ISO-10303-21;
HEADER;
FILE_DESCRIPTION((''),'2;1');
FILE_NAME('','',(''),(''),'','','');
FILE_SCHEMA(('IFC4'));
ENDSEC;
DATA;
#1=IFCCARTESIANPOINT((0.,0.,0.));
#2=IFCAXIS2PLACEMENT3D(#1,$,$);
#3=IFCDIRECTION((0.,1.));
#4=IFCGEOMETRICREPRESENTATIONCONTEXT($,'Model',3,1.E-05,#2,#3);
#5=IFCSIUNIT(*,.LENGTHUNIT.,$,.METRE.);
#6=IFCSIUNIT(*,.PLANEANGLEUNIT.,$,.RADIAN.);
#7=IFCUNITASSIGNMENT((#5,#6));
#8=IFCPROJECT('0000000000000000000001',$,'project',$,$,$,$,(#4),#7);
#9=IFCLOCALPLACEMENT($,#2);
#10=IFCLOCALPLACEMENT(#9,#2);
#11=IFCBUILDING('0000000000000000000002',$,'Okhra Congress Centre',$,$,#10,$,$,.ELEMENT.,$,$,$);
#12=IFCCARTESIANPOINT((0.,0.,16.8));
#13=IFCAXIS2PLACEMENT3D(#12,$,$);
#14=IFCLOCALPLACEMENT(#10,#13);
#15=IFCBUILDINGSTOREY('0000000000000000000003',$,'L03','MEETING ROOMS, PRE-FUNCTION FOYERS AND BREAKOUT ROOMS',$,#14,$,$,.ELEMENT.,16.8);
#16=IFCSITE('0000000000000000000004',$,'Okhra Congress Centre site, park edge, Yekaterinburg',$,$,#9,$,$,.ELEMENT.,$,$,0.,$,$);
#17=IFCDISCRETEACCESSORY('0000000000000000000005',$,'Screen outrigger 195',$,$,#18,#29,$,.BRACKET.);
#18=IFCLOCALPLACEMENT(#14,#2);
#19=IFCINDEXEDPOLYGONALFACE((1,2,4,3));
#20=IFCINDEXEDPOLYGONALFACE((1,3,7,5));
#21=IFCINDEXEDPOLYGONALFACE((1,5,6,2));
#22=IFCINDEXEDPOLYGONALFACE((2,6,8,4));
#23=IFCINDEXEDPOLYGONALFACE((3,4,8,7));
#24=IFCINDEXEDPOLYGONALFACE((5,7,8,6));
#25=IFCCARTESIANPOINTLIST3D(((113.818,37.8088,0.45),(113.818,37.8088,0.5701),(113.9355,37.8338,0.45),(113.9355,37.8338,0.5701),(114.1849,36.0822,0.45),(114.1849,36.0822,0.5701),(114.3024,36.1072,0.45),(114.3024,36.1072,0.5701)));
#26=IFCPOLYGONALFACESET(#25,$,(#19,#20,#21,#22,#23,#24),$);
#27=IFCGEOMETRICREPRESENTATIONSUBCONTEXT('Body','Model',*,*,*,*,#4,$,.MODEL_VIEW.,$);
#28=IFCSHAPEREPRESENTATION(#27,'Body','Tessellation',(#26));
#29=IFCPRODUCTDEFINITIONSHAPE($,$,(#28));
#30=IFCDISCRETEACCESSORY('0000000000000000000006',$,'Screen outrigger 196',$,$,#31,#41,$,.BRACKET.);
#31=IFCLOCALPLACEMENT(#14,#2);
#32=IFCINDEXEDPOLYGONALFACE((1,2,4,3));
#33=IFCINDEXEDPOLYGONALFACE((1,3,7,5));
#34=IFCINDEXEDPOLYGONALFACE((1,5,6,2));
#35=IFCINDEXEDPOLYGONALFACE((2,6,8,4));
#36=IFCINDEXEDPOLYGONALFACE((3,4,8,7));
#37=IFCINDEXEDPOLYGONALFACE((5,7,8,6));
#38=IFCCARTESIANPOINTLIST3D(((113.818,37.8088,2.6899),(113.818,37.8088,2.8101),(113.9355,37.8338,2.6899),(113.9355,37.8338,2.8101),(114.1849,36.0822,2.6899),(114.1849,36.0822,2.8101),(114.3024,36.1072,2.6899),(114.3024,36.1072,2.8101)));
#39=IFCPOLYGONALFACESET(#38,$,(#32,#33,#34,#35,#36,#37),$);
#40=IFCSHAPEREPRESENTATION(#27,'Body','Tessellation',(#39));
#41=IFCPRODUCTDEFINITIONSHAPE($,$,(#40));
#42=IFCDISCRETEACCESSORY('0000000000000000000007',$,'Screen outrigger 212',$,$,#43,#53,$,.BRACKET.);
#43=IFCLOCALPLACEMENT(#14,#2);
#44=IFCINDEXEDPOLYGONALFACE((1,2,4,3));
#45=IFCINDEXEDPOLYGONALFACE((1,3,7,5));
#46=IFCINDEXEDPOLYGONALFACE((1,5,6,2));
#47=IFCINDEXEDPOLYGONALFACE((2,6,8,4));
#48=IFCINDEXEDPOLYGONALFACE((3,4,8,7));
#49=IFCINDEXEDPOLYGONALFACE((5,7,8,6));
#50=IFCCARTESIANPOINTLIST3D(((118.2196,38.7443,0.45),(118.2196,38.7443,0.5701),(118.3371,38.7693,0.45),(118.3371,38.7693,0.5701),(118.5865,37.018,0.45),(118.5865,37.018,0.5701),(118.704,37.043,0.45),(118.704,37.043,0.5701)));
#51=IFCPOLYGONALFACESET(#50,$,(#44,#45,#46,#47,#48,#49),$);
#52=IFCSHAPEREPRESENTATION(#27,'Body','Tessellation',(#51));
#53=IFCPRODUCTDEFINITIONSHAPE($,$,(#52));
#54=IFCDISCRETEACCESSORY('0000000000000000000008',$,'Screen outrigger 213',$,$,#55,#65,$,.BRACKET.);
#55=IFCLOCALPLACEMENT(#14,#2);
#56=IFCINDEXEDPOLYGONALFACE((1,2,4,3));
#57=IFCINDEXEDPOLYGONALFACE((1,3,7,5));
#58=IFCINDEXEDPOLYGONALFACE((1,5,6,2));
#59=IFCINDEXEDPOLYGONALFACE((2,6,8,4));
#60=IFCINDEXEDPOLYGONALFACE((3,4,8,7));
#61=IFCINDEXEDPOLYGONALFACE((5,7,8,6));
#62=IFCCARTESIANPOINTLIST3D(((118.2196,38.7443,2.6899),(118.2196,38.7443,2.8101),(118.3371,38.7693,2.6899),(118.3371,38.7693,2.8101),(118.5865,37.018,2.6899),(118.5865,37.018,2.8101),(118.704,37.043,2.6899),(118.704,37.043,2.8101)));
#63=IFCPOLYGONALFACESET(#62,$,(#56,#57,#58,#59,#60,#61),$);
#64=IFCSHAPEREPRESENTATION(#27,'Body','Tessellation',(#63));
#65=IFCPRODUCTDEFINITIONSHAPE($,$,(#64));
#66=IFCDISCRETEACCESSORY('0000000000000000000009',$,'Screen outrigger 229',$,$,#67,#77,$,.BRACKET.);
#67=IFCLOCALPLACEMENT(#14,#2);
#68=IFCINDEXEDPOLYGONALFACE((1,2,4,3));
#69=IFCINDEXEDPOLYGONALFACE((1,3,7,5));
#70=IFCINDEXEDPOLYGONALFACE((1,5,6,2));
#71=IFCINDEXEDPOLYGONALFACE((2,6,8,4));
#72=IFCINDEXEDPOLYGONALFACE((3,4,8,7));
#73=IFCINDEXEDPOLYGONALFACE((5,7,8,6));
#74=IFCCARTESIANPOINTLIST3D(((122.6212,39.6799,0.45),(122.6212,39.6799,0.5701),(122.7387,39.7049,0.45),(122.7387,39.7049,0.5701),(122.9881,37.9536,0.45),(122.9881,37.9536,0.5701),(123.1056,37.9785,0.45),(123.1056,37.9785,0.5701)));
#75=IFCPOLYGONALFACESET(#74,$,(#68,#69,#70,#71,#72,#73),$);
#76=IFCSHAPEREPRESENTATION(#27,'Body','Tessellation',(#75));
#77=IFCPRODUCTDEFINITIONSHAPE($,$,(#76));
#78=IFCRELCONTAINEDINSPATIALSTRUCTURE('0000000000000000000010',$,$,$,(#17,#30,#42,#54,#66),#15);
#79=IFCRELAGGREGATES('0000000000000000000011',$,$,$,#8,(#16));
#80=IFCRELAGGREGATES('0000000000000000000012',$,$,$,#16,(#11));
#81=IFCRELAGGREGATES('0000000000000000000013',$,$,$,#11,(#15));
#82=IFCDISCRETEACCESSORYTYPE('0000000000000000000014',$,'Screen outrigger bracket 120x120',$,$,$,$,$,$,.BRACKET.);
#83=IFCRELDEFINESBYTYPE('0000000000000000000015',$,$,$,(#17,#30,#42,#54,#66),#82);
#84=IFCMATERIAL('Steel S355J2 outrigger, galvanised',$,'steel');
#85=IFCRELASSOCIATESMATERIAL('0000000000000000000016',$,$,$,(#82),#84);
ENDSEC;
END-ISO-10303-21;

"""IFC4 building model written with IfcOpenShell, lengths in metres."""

from ifc_helpers import new_model, si_unit, direction, frame, origin, origin_2d, place, context, subcontext, project, spatial, rectangle, extrude, material, material_profile, profile_set, type_object, element, save


model = new_model("IFC4")

# Units and contexts
model_context = context("Model", 3, precision=1e-05, world=origin(), true_north=direction((0.0, 1.0)))
body_context = subcontext(model_context, "Body", "Model", "MODEL_VIEW")
ifc_project = project(units=[si_unit("LENGTHUNIT", "METRE"), si_unit("PLANEANGLEUNIT", "RADIAN")], contexts=[model_context])

# Site, building, storey
site_placement = place(None, origin())
site = spatial("IfcSite", under=ifc_project, at=site_placement, Name="Okhra Congress Centre site, park edge, Yekaterinburg", CompositionType="ELEMENT", RefElevation=0.0)
building_placement = place(site_placement, origin())
building = spatial("IfcBuilding", under=site, at=building_placement, Name="Okhra Congress Centre", CompositionType="ELEMENT")
storey_placement = place(building_placement, frame((0.0, 0.0, 16.8)))
storey = spatial("IfcBuildingStorey", under=building, at=storey_placement, Name="L03", Description="MEETING ROOMS, PRE-FUNCTION FOYERS AND BREAKOUT ROOMS", CompositionType="ELEMENT", Elevation=16.8)

# Discrete accessories
ifc_material_1 = material(Name="Steel S355J2 outrigger, galvanised", Category="steel")
ifc_material_profile_1 = material_profile(ifc_material_1, rectangle(XDim=0.1201, YDim=0.1201, at=origin_2d()), Name="Screen outrigger bracket 120x120")
ifc_profile_set_1 = profile_set([ifc_material_profile_1], Name="Steel S355J2 outrigger, galvanised")
discrete_accessory_type = type_object("IfcDiscreteAccessoryType", Name="Screen outrigger bracket 120x120", PredefinedType="BRACKET", material=ifc_profile_set_1)
for number, where, z_axis, x_axis, name in (
    (1, (113.8767, 37.8213, 0.51), (0.207885, -0.978153, 0.0), (0.978153, 0.207885, 0.0), "Screen outrigger 195"),
    (2, (113.8767, 37.8213, 2.75), (0.207885, -0.978153, 0.0), (0.978153, 0.207885, 0.0), "Screen outrigger 196"),
):
    element("IfcDiscreteAccessory", number, at=place(storey_placement, frame(where, z_axis=z_axis, x_axis=x_axis)), inside=storey, type_object=discrete_accessory_type, Name=name, PredefinedType="BRACKET", context=body_context, shape_type="SweptSolid", body=[
        extrude(rectangle(XDim=0.1201, YDim=0.1201, at=origin_2d()), origin(), (0.0, 0.0, 1.0), 1.7651),
    ])
for number, where, z_axis, x_axis, name in (
    (3, (118.2783, 38.7568, 0.51), (0.207913, -0.978147, 0.0), (0.978147, 0.207913, 0.0), "Screen outrigger 212"),
    (4, (118.2783, 38.7568, 2.75), (0.207913, -0.978147, 0.0), (0.978147, 0.207913, 0.0), "Screen outrigger 213"),
    (5, (122.6799, 39.6924, 0.51), (0.207913, -0.978147, 0.0), (0.978147, 0.207913, 0.0), "Screen outrigger 229"),
):
    element("IfcDiscreteAccessory", number, at=place(storey_placement, frame(where, z_axis=z_axis, x_axis=x_axis)), inside=storey, type_object=discrete_accessory_type, Name=name, PredefinedType="BRACKET", context=body_context, shape_type="SweptSolid", body=[
        extrude(rectangle(XDim=0.1201, YDim=0.1201, at=origin_2d()), origin(), (0.0, 0.0, 1.0), 1.7649),
    ])

save(model, "model.ifc")
